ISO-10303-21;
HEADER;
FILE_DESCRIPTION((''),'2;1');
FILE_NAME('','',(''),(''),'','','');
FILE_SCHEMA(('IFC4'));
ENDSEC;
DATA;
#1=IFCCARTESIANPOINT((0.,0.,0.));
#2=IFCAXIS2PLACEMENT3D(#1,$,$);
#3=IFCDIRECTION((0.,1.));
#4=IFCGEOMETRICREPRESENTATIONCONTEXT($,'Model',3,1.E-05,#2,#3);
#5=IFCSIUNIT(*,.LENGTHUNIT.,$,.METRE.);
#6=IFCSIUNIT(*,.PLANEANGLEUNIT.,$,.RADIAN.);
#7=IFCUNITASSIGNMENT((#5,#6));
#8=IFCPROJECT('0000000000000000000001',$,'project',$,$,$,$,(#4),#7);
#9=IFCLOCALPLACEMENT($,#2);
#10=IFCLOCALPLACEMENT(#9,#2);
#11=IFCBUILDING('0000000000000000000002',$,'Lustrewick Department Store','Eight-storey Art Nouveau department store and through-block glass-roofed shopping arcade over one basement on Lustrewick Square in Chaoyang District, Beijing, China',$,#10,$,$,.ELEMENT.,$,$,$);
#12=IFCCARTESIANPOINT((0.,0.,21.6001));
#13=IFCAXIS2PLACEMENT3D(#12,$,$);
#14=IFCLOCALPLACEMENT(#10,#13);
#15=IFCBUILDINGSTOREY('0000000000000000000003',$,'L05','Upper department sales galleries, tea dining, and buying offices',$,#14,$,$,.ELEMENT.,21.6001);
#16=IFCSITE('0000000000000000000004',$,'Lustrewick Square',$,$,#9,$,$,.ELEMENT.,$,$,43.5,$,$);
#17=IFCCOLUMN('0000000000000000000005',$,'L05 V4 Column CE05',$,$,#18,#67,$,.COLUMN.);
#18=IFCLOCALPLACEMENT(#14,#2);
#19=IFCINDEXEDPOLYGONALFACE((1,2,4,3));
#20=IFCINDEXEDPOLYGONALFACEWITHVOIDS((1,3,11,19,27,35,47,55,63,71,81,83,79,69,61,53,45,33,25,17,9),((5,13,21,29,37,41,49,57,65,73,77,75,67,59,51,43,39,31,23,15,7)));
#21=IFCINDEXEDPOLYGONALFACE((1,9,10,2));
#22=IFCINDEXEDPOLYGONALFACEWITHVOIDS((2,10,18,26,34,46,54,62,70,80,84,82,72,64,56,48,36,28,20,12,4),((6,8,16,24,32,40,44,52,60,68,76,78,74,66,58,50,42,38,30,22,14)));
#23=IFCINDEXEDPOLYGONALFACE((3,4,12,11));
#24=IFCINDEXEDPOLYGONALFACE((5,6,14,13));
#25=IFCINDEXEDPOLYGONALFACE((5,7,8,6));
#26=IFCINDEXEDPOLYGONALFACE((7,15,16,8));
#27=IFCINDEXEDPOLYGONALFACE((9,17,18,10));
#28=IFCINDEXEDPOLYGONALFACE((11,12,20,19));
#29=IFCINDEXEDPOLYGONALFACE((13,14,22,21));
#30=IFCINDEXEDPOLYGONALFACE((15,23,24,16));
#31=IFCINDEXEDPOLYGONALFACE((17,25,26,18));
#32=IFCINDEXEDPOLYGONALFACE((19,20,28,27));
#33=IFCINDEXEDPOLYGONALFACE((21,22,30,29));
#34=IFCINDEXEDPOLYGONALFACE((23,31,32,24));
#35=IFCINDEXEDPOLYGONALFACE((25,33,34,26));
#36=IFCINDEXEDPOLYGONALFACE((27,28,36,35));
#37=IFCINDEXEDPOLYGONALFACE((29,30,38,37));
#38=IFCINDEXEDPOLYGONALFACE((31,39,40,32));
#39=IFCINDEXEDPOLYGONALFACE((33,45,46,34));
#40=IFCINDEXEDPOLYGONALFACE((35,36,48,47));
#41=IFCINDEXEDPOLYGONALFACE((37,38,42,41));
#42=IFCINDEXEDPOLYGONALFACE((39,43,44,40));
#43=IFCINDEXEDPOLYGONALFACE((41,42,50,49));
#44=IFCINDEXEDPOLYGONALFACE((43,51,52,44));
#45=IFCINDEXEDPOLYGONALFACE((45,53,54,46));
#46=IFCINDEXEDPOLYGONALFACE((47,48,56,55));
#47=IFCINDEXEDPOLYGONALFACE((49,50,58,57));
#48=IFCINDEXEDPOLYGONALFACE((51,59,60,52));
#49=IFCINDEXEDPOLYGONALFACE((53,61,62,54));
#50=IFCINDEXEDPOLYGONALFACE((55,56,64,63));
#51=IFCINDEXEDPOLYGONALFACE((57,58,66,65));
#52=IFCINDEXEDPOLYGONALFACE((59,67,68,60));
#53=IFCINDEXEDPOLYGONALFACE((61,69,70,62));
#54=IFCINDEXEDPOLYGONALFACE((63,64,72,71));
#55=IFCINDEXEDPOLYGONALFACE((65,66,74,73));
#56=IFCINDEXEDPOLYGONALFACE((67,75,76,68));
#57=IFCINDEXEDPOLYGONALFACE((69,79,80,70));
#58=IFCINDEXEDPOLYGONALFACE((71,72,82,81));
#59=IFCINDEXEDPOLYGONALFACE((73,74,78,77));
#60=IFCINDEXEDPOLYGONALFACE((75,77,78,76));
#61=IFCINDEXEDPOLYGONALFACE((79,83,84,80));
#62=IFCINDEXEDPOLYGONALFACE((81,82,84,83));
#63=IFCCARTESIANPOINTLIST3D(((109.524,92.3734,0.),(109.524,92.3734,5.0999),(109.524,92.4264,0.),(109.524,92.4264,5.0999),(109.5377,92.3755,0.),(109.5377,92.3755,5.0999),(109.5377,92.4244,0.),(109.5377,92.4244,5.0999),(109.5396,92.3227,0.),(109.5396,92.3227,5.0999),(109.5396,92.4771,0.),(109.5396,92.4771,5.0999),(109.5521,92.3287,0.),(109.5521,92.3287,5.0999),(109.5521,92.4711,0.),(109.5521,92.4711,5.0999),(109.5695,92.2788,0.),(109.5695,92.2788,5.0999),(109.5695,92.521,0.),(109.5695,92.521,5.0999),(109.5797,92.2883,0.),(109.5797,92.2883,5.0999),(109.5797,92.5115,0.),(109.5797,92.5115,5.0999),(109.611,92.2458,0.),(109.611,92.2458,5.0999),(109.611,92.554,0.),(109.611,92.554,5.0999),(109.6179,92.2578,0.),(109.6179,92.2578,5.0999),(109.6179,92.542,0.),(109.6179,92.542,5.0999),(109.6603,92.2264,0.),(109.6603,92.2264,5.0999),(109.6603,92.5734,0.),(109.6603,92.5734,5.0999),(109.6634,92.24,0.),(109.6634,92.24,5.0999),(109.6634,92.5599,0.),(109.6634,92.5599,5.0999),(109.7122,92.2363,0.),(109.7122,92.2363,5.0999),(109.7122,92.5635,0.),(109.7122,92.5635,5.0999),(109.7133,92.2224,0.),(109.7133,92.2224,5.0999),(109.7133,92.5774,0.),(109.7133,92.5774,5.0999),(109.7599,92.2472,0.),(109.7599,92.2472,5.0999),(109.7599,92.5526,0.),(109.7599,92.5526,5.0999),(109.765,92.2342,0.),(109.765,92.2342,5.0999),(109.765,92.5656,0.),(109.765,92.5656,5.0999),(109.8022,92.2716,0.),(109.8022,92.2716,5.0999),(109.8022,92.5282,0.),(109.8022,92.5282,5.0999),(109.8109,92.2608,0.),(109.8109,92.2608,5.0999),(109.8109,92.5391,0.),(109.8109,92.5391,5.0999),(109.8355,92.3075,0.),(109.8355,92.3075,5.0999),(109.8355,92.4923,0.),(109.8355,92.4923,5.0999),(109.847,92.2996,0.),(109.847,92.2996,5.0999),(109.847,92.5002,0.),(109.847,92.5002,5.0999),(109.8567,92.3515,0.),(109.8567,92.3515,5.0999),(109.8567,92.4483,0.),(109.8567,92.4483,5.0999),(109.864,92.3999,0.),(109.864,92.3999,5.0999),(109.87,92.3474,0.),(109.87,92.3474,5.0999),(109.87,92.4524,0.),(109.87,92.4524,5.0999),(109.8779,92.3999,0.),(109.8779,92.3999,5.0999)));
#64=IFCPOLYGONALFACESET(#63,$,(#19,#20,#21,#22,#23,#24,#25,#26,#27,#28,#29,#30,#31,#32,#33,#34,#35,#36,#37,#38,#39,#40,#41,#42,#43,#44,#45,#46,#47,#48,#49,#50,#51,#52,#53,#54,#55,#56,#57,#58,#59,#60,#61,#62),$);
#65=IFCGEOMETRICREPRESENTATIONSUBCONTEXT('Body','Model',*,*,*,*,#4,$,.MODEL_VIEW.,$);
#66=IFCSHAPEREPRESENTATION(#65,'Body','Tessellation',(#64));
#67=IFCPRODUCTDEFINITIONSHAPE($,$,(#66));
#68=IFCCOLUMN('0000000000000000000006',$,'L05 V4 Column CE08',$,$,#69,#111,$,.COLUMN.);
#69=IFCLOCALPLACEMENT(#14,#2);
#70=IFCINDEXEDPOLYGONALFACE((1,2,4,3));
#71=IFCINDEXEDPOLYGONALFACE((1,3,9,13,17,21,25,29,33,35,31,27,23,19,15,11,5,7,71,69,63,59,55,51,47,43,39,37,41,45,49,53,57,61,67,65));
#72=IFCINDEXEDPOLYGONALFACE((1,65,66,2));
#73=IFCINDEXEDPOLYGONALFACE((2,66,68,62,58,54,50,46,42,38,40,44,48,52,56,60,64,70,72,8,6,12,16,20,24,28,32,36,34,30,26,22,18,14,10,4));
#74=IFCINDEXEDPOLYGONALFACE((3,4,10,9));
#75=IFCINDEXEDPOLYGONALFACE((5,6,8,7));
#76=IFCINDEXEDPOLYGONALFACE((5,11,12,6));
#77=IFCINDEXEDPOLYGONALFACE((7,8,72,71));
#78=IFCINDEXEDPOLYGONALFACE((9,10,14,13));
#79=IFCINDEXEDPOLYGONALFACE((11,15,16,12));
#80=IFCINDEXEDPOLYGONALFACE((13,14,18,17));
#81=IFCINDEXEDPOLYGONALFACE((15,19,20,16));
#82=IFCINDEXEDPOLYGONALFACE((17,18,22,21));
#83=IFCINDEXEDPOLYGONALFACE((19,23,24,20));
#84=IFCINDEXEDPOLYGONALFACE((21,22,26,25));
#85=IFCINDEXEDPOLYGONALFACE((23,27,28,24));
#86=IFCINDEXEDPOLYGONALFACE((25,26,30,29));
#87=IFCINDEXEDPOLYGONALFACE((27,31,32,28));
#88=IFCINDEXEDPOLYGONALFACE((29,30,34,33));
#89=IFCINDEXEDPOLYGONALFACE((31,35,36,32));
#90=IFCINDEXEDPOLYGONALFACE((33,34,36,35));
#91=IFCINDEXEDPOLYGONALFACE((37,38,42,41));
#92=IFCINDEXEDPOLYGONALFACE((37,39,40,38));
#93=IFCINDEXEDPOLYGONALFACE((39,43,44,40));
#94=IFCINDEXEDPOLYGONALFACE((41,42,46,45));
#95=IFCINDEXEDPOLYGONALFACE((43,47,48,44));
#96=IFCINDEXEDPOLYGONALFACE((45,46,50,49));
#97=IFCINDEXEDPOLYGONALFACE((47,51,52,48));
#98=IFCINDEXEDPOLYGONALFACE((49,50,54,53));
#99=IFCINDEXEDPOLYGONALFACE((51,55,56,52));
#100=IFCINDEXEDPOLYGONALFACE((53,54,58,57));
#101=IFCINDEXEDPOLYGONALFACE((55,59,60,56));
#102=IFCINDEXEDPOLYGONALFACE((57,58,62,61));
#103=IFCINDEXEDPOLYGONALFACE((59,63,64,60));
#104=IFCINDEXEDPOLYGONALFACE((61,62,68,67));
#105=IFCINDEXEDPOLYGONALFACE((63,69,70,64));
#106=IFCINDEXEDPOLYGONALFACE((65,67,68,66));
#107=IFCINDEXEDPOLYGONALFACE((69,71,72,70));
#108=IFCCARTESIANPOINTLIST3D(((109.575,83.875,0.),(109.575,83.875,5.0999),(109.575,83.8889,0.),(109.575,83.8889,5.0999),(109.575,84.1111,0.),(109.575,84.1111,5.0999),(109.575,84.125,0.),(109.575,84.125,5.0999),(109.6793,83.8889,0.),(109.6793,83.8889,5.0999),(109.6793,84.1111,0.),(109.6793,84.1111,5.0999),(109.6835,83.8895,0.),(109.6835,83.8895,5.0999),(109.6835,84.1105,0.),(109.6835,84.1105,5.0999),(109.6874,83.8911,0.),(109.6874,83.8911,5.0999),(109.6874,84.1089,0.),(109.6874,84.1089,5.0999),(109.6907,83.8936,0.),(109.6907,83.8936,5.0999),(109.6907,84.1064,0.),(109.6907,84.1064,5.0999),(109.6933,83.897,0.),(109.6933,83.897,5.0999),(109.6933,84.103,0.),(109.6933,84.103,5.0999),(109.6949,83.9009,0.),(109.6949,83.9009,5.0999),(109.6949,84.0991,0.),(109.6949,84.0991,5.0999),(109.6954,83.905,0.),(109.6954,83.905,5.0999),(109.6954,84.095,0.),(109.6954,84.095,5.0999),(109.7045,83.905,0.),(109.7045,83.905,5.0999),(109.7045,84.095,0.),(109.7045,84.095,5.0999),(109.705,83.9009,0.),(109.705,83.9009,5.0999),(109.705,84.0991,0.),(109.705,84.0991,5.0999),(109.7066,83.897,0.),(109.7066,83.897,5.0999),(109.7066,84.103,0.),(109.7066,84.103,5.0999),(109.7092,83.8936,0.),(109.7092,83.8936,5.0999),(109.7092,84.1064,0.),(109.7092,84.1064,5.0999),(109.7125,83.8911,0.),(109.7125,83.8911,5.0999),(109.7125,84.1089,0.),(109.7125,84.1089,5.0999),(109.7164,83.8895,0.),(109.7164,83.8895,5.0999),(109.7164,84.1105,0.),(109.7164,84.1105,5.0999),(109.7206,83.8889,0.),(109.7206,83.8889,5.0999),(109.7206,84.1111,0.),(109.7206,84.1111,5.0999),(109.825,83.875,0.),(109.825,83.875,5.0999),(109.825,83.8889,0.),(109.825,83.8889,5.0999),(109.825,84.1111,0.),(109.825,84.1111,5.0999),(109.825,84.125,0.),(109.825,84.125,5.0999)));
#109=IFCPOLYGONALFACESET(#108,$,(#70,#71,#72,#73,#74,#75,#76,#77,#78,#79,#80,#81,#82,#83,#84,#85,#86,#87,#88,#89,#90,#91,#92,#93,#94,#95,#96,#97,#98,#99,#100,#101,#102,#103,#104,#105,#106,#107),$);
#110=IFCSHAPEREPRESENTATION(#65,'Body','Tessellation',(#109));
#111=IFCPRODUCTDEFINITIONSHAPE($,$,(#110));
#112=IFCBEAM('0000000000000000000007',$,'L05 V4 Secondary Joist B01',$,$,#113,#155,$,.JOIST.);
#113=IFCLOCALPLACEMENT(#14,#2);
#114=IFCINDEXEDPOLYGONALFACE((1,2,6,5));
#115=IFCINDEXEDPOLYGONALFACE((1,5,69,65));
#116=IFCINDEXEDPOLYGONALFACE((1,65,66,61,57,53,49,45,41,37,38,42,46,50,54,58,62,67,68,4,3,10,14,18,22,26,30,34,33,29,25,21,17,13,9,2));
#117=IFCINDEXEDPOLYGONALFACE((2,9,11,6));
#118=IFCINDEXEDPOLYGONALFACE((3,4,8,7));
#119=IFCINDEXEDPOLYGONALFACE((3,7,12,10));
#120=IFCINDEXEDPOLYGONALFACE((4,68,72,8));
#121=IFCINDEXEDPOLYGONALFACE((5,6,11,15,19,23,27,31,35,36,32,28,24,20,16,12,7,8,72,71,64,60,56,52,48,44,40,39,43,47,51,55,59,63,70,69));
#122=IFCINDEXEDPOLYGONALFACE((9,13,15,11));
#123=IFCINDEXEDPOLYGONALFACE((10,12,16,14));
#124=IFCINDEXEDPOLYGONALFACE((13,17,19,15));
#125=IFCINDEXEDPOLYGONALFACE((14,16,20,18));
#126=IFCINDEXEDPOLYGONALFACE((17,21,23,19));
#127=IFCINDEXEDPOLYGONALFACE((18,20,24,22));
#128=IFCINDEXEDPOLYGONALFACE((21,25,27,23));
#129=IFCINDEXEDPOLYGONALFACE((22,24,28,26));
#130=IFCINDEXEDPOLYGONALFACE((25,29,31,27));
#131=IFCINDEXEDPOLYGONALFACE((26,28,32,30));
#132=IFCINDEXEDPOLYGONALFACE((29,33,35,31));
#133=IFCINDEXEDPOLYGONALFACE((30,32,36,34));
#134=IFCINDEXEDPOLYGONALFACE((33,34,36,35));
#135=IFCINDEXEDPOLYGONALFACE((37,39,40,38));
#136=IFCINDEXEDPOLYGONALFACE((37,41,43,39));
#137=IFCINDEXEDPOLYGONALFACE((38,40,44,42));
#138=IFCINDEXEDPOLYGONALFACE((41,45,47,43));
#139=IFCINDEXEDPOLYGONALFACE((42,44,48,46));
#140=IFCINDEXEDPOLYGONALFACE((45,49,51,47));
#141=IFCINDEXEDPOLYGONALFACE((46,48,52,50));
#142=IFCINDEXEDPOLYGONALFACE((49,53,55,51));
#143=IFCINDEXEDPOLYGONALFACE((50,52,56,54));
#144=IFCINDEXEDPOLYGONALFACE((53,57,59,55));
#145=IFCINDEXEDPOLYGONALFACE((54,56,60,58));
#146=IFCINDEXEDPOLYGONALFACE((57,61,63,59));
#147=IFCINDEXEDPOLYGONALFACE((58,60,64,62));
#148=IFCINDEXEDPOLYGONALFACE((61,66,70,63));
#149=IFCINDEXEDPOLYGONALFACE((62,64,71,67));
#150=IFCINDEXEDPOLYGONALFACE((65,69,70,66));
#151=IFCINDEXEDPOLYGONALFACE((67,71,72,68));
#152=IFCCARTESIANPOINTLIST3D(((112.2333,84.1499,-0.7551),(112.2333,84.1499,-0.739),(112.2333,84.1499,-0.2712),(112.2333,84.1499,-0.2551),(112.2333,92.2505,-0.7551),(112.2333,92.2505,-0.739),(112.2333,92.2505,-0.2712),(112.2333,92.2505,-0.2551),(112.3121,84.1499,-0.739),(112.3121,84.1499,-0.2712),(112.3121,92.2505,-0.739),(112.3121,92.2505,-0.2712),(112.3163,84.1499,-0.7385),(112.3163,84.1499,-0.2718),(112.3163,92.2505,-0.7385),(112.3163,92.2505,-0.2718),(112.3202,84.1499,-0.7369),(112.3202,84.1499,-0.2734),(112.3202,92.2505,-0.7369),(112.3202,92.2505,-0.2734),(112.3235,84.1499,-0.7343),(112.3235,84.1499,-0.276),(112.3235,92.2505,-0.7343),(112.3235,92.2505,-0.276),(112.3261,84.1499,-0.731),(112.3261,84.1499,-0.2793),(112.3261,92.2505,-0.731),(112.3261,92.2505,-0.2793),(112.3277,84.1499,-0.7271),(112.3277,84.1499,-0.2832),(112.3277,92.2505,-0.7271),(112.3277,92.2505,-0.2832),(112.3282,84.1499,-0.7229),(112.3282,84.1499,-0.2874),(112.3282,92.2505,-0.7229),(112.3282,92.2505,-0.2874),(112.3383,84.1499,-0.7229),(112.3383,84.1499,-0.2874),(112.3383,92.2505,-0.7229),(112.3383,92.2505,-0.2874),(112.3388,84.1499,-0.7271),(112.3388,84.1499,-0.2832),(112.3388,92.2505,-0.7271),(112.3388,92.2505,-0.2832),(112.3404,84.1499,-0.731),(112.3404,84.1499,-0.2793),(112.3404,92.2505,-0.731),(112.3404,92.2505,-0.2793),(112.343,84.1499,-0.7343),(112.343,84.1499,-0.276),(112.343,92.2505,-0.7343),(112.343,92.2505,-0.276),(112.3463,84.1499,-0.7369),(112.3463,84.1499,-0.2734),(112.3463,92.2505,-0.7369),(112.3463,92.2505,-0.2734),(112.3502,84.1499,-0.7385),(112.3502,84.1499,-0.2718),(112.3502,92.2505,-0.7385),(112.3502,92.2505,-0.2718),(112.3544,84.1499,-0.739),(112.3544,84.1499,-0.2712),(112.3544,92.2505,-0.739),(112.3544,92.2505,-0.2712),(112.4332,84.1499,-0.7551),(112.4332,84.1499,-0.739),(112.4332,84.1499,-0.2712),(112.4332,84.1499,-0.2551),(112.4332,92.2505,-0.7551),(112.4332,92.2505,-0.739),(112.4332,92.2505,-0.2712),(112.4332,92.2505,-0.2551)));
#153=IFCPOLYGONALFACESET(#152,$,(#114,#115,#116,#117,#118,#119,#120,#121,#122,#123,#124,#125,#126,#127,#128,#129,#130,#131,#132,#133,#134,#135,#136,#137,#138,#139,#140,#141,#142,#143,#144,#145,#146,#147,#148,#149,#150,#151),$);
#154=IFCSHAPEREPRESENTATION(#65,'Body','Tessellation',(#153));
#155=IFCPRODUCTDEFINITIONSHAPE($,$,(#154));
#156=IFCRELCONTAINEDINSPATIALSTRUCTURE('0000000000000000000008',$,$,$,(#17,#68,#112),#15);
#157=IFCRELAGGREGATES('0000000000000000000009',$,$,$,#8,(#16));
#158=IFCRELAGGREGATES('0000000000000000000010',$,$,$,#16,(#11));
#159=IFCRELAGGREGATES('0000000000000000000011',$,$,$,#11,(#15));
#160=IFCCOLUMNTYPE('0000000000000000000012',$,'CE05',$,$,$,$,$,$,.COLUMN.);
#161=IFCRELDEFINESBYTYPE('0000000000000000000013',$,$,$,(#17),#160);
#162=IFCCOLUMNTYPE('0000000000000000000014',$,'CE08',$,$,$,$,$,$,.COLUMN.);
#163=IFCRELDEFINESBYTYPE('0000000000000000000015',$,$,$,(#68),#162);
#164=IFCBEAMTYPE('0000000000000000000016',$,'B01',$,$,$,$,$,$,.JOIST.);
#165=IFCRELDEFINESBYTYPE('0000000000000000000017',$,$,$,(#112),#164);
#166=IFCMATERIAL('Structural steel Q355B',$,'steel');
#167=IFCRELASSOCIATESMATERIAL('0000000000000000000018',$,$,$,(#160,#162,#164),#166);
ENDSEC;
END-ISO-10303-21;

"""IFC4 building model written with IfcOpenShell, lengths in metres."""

from ifc_helpers import new_model, si_unit, direction, frame, origin, origin_2d, place, context, subcontext, project, spatial, hollow_circle, i_section, extrude, material, material_profile, profile_set, type_object, element, save


model = new_model("IFC4")

# Units and contexts
model_context = context("Model", 3, precision=1e-05, world=origin(), true_north=direction((0.0, 1.0)))
body_context = subcontext(model_context, "Body", "Model", "MODEL_VIEW")
ifc_project = project(units=[si_unit("LENGTHUNIT", "METRE"), si_unit("PLANEANGLEUNIT", "RADIAN")], contexts=[model_context])

# Site, building, storey
site_placement = place(None, origin())
site = spatial("IfcSite", under=ifc_project, at=site_placement, Name="Lustrewick Square", CompositionType="ELEMENT", RefElevation=43.5)
building_placement = place(site_placement, origin())
building = spatial("IfcBuilding", under=site, at=building_placement, Name="Lustrewick Department Store", Description="Eight-storey Art Nouveau department store and through-block glass-roofed shopping arcade over one basement on Lustrewick Square in Chaoyang District, Beijing, China", CompositionType="ELEMENT")
storey_placement = place(building_placement, frame((0.0, 0.0, 21.6001)))
storey = spatial("IfcBuildingStorey", under=building, at=storey_placement, Name="L05", Description="Upper department sales galleries, tea dining, and buying offices", CompositionType="ELEMENT", Elevation=21.6001)

# Columns
ifc_material_1 = material(Name="Structural steel Q355B", Category="steel")
ifc_material_profile_1 = material_profile(ifc_material_1, hollow_circle(Radius=0.178, WallThickness=0.0139, at=origin_2d()), Name="CHS 356x14")
ifc_profile_set_1 = profile_set([ifc_material_profile_1], Name="Structural steel Q355B")
column_type_1 = type_object("IfcColumnType", Name="CE05", PredefinedType="COLUMN", material=ifc_profile_set_1)
column_1_placement = place(storey_placement, frame((109.7, 92.3999, 0.0), z_axis=(0.0, 0.0, 1.0), x_axis=(1.0, 0.0, 0.0)))
element("IfcColumn", 1, at=column_1_placement, inside=storey, type_object=column_type_1, Name="L05 V4 Column CE05", PredefinedType="COLUMN", context=body_context, shape_type="SweptSolid", body=[
    extrude(hollow_circle(Radius=0.178, WallThickness=0.0139, at=origin_2d()), origin(), (0.0, 0.0, 1.0), 5.0999),
])
ifc_material_profile_2 = material_profile(ifc_material_1, i_section(OverallWidth=0.25, OverallDepth=0.25, WebThickness=0.009, FlangeThickness=0.0139, FilletRadius=0.0161, at=origin_2d()), Name="HW 250x250x9x14")
ifc_profile_set_2 = profile_set([ifc_material_profile_2], Name="Structural steel Q355B")
column_type_2 = type_object("IfcColumnType", Name="CE08", PredefinedType="COLUMN", material=ifc_profile_set_2)
column_2_placement = place(storey_placement, frame((109.7, 84.0, 0.0), z_axis=(0.0, 0.0, 1.0), x_axis=(1.0, 0.0, 0.0)))
element("IfcColumn", 2, at=column_2_placement, inside=storey, type_object=column_type_2, Name="L05 V4 Column CE08", PredefinedType="COLUMN", context=body_context, shape_type="SweptSolid", body=[
    extrude(i_section(OverallWidth=0.25, OverallDepth=0.25, WebThickness=0.009, FlangeThickness=0.0139, FilletRadius=0.0161, at=origin_2d()), origin(), (0.0, 0.0, 1.0), 5.0999),
])

# Beam
ifc_material_profile_3 = material_profile(ifc_material_1, i_section(OverallWidth=0.2, OverallDepth=0.5, WebThickness=0.01, FlangeThickness=0.0161, FilletRadius=0.0161, at=origin_2d()), Name="HN 500x200x10x16")
ifc_profile_set_3 = profile_set([ifc_material_profile_3], Name="Structural steel Q355B")
beam_type_1 = type_object("IfcBeamType", Name="B01", PredefinedType="JOIST", material=ifc_profile_set_3)
beam_1_placement = place(storey_placement, frame((112.3333, 84.1499, -0.5051), z_axis=(0.0, 1.0, 0.0), x_axis=(-1.0, 0.0, 0.0)))
element("IfcBeam", 3, at=beam_1_placement, inside=storey, type_object=beam_type_1, Name="L05 V4 Secondary Joist B01", PredefinedType="JOIST", context=body_context, shape_type="SweptSolid", body=[
    extrude(i_section(OverallWidth=0.2, OverallDepth=0.5, WebThickness=0.01, FlangeThickness=0.0161, FilletRadius=0.0161, at=origin_2d()), origin(), (0.0, 0.0, 1.0), 8.1006),
])

save(model, "model.ifc")
